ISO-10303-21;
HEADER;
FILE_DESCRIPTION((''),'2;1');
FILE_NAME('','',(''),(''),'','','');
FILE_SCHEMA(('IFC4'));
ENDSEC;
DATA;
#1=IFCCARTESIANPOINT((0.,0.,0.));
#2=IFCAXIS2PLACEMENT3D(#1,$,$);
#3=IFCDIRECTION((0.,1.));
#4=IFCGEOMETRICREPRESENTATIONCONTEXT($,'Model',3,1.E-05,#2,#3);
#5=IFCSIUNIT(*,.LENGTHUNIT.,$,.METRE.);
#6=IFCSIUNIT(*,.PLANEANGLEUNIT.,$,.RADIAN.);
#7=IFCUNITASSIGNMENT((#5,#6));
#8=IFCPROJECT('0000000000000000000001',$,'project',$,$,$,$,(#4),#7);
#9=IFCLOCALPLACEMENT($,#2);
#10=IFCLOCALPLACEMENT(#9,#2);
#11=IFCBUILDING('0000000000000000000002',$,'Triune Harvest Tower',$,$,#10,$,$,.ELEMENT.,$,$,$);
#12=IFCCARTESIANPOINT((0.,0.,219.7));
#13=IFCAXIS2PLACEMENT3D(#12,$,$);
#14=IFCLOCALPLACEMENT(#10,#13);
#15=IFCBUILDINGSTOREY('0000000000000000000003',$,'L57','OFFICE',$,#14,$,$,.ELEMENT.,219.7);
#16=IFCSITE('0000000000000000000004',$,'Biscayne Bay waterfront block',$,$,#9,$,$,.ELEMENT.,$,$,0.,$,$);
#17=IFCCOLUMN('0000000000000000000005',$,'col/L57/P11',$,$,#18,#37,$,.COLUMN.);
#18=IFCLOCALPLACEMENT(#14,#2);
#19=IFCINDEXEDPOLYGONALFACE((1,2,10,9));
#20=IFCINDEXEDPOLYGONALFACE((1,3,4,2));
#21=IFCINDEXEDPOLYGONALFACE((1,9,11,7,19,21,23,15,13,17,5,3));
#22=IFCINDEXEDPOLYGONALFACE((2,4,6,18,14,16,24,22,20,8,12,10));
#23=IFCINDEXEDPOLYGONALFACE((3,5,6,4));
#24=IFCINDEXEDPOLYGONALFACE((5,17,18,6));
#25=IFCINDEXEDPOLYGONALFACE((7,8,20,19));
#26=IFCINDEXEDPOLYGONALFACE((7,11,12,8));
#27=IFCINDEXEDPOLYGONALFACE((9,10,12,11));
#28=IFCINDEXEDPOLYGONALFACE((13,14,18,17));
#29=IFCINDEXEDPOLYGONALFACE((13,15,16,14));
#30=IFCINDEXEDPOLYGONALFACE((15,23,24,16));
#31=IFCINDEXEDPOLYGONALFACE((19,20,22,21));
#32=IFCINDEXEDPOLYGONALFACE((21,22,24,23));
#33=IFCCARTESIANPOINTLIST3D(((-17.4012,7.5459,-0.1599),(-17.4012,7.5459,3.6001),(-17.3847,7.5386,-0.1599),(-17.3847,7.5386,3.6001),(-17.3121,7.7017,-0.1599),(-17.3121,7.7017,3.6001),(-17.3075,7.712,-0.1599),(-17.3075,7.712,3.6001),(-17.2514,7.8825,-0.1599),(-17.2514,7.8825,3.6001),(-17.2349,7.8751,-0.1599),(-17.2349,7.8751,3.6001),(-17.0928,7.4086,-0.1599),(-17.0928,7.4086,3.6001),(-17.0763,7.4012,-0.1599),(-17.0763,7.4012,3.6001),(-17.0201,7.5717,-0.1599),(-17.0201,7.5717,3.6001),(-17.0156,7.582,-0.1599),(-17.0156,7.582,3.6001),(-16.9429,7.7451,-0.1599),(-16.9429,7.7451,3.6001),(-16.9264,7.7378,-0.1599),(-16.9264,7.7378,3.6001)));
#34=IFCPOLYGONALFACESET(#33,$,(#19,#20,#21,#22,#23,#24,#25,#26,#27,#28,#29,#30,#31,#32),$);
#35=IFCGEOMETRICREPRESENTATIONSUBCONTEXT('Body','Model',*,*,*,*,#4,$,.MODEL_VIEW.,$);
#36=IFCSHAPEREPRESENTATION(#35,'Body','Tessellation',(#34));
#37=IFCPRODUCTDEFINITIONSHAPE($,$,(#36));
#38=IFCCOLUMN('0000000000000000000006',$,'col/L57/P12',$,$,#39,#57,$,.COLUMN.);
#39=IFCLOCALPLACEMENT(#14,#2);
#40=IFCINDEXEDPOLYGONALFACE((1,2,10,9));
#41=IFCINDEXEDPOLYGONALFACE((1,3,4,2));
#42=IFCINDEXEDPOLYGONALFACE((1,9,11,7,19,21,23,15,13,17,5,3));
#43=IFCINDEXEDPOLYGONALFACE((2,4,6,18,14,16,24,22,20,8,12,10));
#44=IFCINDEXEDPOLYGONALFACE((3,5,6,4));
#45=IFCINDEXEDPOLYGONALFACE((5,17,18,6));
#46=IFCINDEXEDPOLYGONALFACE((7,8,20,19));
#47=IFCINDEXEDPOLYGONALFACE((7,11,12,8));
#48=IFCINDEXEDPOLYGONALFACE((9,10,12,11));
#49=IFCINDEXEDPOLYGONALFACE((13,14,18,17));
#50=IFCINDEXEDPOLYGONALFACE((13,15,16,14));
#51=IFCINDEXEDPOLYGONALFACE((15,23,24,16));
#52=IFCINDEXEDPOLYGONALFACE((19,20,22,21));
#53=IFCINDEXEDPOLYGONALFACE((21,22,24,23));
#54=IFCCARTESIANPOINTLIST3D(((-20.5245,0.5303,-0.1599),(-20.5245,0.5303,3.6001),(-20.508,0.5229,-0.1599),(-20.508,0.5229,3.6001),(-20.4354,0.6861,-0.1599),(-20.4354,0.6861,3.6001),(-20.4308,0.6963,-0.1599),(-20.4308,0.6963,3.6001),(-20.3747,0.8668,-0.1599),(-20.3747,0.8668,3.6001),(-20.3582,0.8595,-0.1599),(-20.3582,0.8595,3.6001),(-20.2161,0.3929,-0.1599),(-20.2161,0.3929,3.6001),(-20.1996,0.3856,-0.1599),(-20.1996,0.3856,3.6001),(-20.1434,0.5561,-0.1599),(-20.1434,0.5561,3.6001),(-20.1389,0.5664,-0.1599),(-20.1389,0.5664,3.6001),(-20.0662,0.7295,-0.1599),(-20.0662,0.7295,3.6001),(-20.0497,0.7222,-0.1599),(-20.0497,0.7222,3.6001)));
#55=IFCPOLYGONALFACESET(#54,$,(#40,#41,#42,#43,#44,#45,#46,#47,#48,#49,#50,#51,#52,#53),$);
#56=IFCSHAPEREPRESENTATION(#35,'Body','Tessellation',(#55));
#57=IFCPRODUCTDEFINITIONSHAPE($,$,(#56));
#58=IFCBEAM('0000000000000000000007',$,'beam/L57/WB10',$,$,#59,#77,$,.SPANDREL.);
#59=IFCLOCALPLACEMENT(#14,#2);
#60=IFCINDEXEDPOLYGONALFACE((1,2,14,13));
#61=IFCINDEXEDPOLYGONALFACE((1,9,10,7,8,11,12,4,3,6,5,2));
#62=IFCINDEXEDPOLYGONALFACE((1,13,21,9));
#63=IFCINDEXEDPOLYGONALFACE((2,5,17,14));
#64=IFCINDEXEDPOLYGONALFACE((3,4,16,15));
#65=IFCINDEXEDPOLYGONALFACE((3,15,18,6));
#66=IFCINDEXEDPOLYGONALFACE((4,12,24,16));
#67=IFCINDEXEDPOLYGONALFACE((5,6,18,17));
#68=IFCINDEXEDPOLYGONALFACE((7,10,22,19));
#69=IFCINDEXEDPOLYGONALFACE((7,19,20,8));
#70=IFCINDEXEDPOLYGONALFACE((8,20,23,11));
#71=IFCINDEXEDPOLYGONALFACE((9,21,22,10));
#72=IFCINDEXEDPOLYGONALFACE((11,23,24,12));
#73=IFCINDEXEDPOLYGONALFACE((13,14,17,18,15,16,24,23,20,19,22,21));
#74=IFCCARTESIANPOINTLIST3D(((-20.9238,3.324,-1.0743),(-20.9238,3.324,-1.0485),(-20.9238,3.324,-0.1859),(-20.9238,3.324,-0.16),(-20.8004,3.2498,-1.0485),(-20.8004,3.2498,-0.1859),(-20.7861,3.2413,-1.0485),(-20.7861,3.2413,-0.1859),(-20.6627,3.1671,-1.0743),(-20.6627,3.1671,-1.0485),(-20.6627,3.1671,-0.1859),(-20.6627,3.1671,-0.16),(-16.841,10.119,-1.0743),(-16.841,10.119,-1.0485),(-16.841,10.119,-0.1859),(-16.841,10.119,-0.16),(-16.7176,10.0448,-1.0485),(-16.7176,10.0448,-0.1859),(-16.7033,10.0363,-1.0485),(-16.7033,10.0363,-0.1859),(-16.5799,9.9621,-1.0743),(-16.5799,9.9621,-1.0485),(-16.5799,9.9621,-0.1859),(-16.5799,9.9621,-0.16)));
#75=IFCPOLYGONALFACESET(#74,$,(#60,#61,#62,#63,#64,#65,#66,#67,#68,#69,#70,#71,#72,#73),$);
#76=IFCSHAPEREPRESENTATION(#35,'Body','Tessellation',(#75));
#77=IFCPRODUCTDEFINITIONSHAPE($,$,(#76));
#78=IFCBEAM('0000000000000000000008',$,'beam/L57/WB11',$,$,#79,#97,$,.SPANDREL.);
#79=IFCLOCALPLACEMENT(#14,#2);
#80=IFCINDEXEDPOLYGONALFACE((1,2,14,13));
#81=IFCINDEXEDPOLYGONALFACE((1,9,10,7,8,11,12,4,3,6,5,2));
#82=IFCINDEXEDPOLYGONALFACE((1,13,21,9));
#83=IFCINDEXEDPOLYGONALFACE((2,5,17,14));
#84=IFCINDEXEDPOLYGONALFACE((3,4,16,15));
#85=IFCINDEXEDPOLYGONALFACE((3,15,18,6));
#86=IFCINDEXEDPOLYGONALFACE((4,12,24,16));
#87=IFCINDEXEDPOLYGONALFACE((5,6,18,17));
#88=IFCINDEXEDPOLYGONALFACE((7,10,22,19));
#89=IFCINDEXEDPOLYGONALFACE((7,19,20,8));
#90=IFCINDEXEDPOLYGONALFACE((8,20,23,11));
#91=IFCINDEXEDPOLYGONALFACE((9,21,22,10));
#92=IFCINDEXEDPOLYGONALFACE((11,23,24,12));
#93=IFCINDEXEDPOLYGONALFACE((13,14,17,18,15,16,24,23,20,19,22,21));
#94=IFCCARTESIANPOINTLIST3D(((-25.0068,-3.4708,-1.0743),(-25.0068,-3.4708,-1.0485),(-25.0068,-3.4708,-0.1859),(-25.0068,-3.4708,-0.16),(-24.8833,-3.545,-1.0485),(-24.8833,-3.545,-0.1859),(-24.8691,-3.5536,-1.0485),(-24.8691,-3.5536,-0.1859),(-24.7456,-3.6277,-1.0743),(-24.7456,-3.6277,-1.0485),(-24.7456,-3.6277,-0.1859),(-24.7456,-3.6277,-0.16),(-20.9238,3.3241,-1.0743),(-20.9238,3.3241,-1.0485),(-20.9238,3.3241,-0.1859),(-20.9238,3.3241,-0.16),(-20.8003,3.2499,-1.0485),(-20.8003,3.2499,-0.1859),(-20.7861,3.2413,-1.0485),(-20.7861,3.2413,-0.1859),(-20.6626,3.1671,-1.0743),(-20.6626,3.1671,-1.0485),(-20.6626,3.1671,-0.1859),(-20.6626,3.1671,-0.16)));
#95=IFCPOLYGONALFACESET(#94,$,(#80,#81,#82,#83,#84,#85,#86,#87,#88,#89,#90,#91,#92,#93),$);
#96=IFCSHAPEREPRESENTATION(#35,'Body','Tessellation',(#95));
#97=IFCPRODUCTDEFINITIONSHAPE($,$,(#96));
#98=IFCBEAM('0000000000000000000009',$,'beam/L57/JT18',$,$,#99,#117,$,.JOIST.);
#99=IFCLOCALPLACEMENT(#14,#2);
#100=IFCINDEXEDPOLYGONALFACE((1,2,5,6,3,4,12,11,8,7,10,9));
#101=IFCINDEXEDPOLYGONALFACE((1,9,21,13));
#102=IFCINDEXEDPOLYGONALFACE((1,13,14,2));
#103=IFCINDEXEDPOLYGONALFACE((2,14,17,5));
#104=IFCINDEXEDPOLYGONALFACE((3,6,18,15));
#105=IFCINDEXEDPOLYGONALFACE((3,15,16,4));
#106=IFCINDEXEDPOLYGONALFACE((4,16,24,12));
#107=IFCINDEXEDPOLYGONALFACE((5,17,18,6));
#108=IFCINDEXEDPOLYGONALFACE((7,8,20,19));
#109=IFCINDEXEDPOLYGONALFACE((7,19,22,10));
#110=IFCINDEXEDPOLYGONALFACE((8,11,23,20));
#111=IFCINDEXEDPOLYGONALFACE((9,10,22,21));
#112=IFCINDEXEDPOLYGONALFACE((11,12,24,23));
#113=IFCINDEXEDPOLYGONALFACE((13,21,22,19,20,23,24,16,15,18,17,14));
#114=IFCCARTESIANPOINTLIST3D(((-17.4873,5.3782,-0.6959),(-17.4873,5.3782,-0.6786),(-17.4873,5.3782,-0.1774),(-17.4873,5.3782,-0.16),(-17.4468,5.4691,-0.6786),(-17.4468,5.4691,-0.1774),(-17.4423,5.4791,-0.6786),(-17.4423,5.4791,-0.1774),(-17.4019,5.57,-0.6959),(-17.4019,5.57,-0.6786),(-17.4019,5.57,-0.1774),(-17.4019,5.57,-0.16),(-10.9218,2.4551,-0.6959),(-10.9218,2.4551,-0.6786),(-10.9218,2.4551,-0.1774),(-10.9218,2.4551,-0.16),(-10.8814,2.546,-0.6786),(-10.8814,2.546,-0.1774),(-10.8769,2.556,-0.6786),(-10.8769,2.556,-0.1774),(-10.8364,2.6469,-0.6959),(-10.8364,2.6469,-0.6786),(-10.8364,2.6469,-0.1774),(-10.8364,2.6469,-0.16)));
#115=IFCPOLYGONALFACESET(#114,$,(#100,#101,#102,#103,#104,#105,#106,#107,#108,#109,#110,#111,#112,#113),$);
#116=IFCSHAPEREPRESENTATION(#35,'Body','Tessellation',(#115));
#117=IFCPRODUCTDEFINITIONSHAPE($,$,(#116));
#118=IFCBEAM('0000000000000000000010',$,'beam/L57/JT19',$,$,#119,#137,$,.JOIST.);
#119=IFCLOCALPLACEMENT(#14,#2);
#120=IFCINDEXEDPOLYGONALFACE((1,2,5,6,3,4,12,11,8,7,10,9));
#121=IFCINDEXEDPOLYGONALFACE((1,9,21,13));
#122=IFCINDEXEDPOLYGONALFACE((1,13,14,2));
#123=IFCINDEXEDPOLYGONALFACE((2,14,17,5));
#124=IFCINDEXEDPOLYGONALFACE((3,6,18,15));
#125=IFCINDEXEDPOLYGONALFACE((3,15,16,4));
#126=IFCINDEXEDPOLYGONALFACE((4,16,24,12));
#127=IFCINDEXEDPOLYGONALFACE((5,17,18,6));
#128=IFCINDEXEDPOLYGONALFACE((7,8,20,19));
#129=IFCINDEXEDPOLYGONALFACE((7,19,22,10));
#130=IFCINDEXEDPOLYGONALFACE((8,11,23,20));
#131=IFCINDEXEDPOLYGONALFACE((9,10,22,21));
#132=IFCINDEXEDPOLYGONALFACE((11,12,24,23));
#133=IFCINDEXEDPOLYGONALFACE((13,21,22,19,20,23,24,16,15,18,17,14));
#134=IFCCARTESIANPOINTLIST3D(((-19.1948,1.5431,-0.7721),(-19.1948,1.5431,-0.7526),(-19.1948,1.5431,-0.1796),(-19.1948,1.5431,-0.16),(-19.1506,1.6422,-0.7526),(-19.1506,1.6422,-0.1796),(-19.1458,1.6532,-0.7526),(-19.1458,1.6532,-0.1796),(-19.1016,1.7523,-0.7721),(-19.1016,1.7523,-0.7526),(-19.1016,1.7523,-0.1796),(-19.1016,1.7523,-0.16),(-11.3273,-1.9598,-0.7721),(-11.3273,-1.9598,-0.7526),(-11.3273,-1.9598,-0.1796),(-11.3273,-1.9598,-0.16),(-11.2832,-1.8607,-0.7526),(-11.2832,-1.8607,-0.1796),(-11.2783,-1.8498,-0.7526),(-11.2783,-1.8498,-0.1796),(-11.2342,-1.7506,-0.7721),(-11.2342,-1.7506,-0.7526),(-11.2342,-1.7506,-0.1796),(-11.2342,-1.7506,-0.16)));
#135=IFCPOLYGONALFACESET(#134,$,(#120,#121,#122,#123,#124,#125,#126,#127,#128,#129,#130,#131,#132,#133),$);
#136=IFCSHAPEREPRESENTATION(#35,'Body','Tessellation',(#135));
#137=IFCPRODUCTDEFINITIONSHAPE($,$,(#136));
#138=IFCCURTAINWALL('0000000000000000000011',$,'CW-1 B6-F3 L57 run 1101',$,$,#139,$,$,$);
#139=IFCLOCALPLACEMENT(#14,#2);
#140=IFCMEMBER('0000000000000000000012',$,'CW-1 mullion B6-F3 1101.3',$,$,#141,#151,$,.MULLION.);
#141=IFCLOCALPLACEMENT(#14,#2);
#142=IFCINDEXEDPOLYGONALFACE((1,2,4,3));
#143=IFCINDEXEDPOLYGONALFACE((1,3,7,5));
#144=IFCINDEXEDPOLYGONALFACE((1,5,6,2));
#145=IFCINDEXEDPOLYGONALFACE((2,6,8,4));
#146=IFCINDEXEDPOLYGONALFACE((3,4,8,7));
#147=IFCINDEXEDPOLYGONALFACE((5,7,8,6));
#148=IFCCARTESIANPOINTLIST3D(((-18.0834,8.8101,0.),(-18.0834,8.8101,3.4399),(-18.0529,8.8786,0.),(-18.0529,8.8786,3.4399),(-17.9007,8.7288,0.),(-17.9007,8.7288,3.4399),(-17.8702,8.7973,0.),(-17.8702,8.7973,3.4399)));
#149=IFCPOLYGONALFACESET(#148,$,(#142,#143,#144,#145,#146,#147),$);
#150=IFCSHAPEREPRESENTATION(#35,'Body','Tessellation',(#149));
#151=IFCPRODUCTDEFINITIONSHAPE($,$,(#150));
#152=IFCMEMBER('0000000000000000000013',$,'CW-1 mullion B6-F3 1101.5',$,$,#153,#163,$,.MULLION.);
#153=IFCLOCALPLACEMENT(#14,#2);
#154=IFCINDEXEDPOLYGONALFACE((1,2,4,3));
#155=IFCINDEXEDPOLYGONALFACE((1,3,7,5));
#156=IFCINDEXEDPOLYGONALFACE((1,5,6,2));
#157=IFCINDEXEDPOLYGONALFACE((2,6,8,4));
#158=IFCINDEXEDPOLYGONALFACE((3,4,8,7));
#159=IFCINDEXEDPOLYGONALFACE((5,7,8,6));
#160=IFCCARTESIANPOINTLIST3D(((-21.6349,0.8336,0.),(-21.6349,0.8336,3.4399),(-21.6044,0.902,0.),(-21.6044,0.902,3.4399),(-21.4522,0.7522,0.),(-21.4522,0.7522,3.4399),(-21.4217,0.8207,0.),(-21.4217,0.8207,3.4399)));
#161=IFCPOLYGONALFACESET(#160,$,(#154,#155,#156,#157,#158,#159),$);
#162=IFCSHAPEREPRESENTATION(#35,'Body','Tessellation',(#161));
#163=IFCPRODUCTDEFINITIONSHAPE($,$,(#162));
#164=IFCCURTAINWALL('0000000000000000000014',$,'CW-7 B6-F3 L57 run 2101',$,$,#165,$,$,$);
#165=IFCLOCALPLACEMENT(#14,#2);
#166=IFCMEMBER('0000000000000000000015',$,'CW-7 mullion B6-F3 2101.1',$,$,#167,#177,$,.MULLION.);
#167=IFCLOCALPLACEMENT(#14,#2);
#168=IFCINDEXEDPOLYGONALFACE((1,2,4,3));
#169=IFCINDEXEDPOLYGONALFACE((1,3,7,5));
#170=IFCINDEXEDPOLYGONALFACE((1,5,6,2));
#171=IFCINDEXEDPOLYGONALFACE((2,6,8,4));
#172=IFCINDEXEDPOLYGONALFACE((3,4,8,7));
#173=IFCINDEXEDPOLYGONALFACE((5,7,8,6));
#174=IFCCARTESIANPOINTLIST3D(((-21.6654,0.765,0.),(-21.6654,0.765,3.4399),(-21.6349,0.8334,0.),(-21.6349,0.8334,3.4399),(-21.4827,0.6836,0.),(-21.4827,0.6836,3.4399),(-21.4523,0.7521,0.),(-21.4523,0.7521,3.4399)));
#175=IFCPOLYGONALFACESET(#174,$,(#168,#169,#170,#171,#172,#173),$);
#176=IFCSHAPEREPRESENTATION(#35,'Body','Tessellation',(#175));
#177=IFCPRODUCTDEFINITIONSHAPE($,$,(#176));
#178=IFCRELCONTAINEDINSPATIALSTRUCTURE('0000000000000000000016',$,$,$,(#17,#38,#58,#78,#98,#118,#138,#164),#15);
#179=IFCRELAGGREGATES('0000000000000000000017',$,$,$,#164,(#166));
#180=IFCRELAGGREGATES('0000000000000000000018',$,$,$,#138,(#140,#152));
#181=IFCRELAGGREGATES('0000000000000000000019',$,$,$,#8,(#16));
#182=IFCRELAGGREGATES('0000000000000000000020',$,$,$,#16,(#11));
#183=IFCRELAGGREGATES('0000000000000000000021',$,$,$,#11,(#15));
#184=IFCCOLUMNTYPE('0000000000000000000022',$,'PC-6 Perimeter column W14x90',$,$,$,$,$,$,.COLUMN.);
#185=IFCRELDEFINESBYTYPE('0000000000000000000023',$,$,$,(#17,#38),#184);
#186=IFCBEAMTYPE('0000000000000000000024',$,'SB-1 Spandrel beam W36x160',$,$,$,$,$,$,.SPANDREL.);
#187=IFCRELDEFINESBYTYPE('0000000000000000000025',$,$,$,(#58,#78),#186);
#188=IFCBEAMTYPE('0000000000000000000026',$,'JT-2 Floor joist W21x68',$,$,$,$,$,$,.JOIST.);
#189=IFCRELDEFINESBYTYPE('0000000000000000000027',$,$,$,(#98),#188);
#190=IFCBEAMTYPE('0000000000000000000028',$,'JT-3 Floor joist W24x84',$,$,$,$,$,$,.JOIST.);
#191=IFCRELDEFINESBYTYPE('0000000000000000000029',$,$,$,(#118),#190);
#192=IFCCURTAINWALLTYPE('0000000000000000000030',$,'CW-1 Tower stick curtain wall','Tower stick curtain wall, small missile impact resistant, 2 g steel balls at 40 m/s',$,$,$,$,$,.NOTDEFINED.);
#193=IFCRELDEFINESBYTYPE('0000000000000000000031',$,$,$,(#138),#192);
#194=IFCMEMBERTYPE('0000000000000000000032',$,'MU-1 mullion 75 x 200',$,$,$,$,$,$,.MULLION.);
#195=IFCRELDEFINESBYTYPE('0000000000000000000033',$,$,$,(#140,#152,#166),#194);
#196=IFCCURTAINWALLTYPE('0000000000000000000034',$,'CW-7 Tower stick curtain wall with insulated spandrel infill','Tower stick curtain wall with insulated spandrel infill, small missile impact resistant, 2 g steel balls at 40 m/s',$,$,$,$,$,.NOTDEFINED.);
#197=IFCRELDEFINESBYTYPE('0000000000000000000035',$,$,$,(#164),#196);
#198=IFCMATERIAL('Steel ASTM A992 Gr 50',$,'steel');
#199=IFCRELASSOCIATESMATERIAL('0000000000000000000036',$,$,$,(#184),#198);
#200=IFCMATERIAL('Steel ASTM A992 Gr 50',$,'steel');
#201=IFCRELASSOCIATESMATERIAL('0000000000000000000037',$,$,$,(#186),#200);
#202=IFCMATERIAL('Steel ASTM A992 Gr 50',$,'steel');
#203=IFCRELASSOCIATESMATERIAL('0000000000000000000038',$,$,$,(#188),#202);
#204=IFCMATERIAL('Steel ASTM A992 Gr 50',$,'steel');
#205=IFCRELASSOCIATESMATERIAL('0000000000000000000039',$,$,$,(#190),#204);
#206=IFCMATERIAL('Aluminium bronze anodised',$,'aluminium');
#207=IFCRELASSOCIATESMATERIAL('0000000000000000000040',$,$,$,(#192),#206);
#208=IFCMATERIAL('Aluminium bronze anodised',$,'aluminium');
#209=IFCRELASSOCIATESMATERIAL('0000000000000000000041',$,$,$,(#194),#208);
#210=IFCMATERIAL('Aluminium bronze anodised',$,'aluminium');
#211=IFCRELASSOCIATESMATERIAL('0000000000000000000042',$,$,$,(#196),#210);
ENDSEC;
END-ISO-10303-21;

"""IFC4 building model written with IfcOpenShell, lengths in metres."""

from ifc_helpers import new_model, si_unit, direction, frame, origin, origin_2d, place, context, subcontext, project, spatial, rectangle, i_section, extrude, source, transform, mapped, material, material_profile, profile_set, type_object, element, aggregate, save


model = new_model("IFC4")

# Units and contexts
model_context = context("Model", 3, precision=1e-05, world=origin(), true_north=direction((0.0, 1.0)))
body_context = subcontext(model_context, "Body", "Model", "MODEL_VIEW")
ifc_project = project(units=[si_unit("LENGTHUNIT", "METRE"), si_unit("PLANEANGLEUNIT", "RADIAN")], contexts=[model_context])

# Site, building, storey
site_placement = place(None, origin())
site = spatial("IfcSite", under=ifc_project, at=site_placement, Name="Biscayne Bay waterfront block", CompositionType="ELEMENT", RefElevation=0.0)
building_placement = place(site_placement, origin())
building = spatial("IfcBuilding", under=site, at=building_placement, Name="Triune Harvest Tower", CompositionType="ELEMENT")
storey_placement = place(building_placement, frame((0.0, 0.0, 219.7)))
storey = spatial("IfcBuildingStorey", under=building, at=storey_placement, Name="L57", Description="OFFICE", CompositionType="ELEMENT", Elevation=219.7)

# Columns
ifc_material_1 = material(Name="Steel ASTM A992 Gr 50", Category="steel")
ifc_material_profile_1 = material_profile(ifc_material_1, i_section(OverallWidth=0.3684, OverallDepth=0.3557, WebThickness=0.0112, FlangeThickness=0.0181, at=origin_2d()), Name="W14x90")
ifc_profile_set_1 = profile_set([ifc_material_profile_1], Name="Steel ASTM A992 Gr 50")
column_type = type_object("IfcColumnType", Name="PC-6 Perimeter column W14x90", PredefinedType="COLUMN", material=ifc_profile_set_1)
shared_shape_1 = source(origin(), body_context, "Body", "SweptSolid", [
    extrude(i_section(OverallWidth=0.3684, OverallDepth=0.3557, WebThickness=0.0112, FlangeThickness=0.0181, at=origin_2d()), origin(), (0.0, 0.0, 1.0), 3.76),
])
for number, where, z_axis, x_axis, name in (
    (1, (-17.1638, 7.6418, -0.1599), (0.0, 0.0, 1.0), (-0.406738, -0.913545, 0.0), "col/L57/P11"),
    (2, (-20.2871, 0.6262, -0.1599), (0.0, 0.0, 1.0), (-0.406738, -0.913545, 0.0), "col/L57/P12"),
):
    element("IfcColumn", number, at=place(storey_placement, frame(where, z_axis=z_axis, x_axis=x_axis)), inside=storey, type_object=column_type, Name=name, PredefinedType="COLUMN", context=body_context, shape_type="MappedRepresentation", body=[
        mapped(shared_shape_1, transform((0.0, 0.0, 0.0), scale=1.0)),
    ])

# Beams
ifc_material_2 = material(Name="Steel ASTM A992 Gr 50", Category="steel")
ifc_material_profile_2 = material_profile(ifc_material_2, i_section(OverallWidth=0.3047, OverallDepth=0.9143, WebThickness=0.0166, FlangeThickness=0.0259, at=origin_2d()), Name="W36x160")
ifc_profile_set_2 = profile_set([ifc_material_profile_2], Name="Steel ASTM A992 Gr 50")
beam_type_1 = type_object("IfcBeamType", Name="SB-1 Spandrel beam W36x160", PredefinedType="SPANDREL", material=ifc_profile_set_2)
shared_shape_2 = source(origin(), body_context, "Body", "SweptSolid", [
    extrude(i_section(OverallWidth=0.3047, OverallDepth=0.9143, WebThickness=0.0166, FlangeThickness=0.0259, at=origin_2d()), origin(), (0.0, 0.0, 1.0), 7.9272),
])
for number, where, z_axis, x_axis, name in (
    (3, (-16.7104, 10.0405, -0.6172), (-0.515035, -0.857169, 0.0), (0.857169, -0.515035, 0.0), "beam/L57/WB10"),
    (4, (-20.7932, 3.2456, -0.6172), (-0.515057, -0.857156, 0.0), (0.857156, -0.515057, 0.0), "beam/L57/WB11"),
):
    element("IfcBeam", number, at=place(storey_placement, frame(where, z_axis=z_axis, x_axis=x_axis)), inside=storey, type_object=beam_type_1, Name=name, PredefinedType="SPANDREL", context=body_context, shape_type="MappedRepresentation", body=[
        mapped(shared_shape_2, transform((0.0, 0.0, 0.0), scale=1.0)),
    ])
ifc_material_3 = material(Name="Steel ASTM A992 Gr 50", Category="steel")
ifc_material_profile_3 = material_profile(ifc_material_3, i_section(OverallWidth=0.21, OverallDepth=0.5359, WebThickness=0.011, FlangeThickness=0.0173, at=origin_2d()), Name="W21x68")
ifc_profile_set_3 = profile_set([ifc_material_profile_3], Name="Steel ASTM A992 Gr 50")
beam_type_2 = type_object("IfcBeamType", Name="JT-2 Floor joist W21x68", PredefinedType="JOIST", material=ifc_profile_set_3)
shared_shape_3 = source(origin(), body_context, "Body", "SweptSolid", [
    extrude(i_section(OverallWidth=0.21, OverallDepth=0.5359, WebThickness=0.011, FlangeThickness=0.0173, at=origin_2d()), origin(), (0.0, 0.0, 1.0), 7.1868),
])
beam_1_placement = place(storey_placement, frame((-17.4446, 5.4741, -0.428), z_axis=(0.913547, -0.406734, 0.0), x_axis=(0.406734, 0.913547, 0.0)))
element("IfcBeam", 5, at=beam_1_placement, inside=storey, type_object=beam_type_2, Name="beam/L57/JT18", PredefinedType="JOIST", context=body_context, shape_type="MappedRepresentation", body=[
    mapped(shared_shape_3, transform((0.0, 0.0, 0.0), scale=1.0)),
])
ifc_material_4 = material(Name="Steel ASTM A992 Gr 50", Category="steel")
ifc_material_profile_4 = material_profile(ifc_material_4, i_section(OverallWidth=0.229, OverallDepth=0.6121, WebThickness=0.012, FlangeThickness=0.0195, at=origin_2d()), Name="W24x84")
ifc_profile_set_4 = profile_set([ifc_material_profile_4], Name="Steel ASTM A992 Gr 50")
beam_type_3 = type_object("IfcBeamType", Name="JT-3 Floor joist W24x84", PredefinedType="JOIST", material=ifc_profile_set_4)
shared_shape_4 = source(origin(), body_context, "Body", "SweptSolid", [
    extrude(i_section(OverallWidth=0.229, OverallDepth=0.6121, WebThickness=0.012, FlangeThickness=0.0195, at=origin_2d()), origin(), (0.0, 0.0, 1.0), 8.6121),
])
beam_2_placement = place(storey_placement, frame((-19.1482, 1.6477, -0.4661), z_axis=(0.91354, -0.406749, 0.0), x_axis=(0.406749, 0.91354, 0.0)))
element("IfcBeam", 6, at=beam_2_placement, inside=storey, type_object=beam_type_3, Name="beam/L57/JT19", PredefinedType="JOIST", context=body_context, shape_type="MappedRepresentation", body=[
    mapped(shared_shape_4, transform((0.0, 0.0, 0.0), scale=1.0)),
])

# Curtain wall, members
ifc_material_5 = material(Name="Aluminium bronze anodised", Category="aluminium")
curtain_wall_type_1 = type_object("IfcCurtainWallType", Name="CW-1 Tower stick curtain wall", Description="Tower stick curtain wall, small missile impact resistant, 2 g steel balls at 40 m/s", PredefinedType="NOTDEFINED", material=ifc_material_5)
curtain_wall_1_placement = place(storey_placement, origin())
curtain_wall_1 = element("IfcCurtainWall", 7, at=curtain_wall_1_placement, inside=storey, type_object=curtain_wall_type_1, Name="CW-1 B6-F3 L57 run 1101")
ifc_material_6 = material(Name="Aluminium bronze anodised", Category="aluminium")
ifc_material_profile_5 = material_profile(ifc_material_6, rectangle(XDim=0.2, YDim=0.075, at=origin_2d()), Name="MU-1 mullion 75 x 200")
ifc_profile_set_5 = profile_set([ifc_material_profile_5], Name="Aluminium bronze anodised")
member_type_1 = type_object("IfcMemberType", Name="MU-1 mullion 75 x 200", PredefinedType="MULLION", material=ifc_profile_set_5)
shared_shape_5 = source(origin(), body_context, "Body", "SweptSolid", [
    extrude(rectangle(XDim=0.2, YDim=0.075, at=origin_2d()), origin(), (0.0, 0.0, 1.0), 3.4399),
])
member_1_placement = place(storey_placement, frame((-17.9768, 8.8037, 0.0), z_axis=(0.0, 0.0, 1.0), x_axis=(0.913547, -0.406734, 0.0)))
member_1 = element("IfcMember", 8, at=member_1_placement, type_object=member_type_1, Name="CW-1 mullion B6-F3 1101.3", PredefinedType="MULLION", context=body_context, shape_type="MappedRepresentation", body=[
    mapped(shared_shape_5, transform((0.0, 0.0, 0.0), scale=1.0)),
])
member_2_placement = place(storey_placement, frame((-21.5283, 0.8271, 0.0), z_axis=(0.0, 0.0, 1.0), x_axis=(0.913547, -0.406734, 0.0)))
member_2 = element("IfcMember", 9, at=member_2_placement, type_object=member_type_1, Name="CW-1 mullion B6-F3 1101.5", PredefinedType="MULLION", context=body_context, shape_type="MappedRepresentation", body=[
    mapped(shared_shape_5, transform((0.0, 0.0, 0.0), scale=1.0)),
])

# Curtain wall, member
ifc_material_7 = material(Name="Aluminium bronze anodised", Category="aluminium")
curtain_wall_type_2 = type_object("IfcCurtainWallType", Name="CW-7 Tower stick curtain wall with insulated spandrel infill", Description="Tower stick curtain wall with insulated spandrel infill, small missile impact resistant, 2 g steel balls at 40 m/s", PredefinedType="NOTDEFINED", material=ifc_material_7)
curtain_wall_2_placement = place(storey_placement, origin())
curtain_wall_2 = element("IfcCurtainWall", 10, at=curtain_wall_2_placement, inside=storey, type_object=curtain_wall_type_2, Name="CW-7 B6-F3 L57 run 2101")
member_3_placement = place(storey_placement, frame((-21.5588, 0.7585, 0.0), z_axis=(0.0, 0.0, 1.0), x_axis=(0.913544, -0.40674, 0.0)))
member_3 = element("IfcMember", 11, at=member_3_placement, type_object=member_type_1, Name="CW-7 mullion B6-F3 2101.1", PredefinedType="MULLION", context=body_context, shape_type="MappedRepresentation", body=[
    mapped(shared_shape_5, transform((0.0, 0.0, 0.0), scale=1.0)),
])

aggregate(curtain_wall_2, [member_3])

aggregate(curtain_wall_1, [member_1, member_2])

save(model, "model.ifc")
